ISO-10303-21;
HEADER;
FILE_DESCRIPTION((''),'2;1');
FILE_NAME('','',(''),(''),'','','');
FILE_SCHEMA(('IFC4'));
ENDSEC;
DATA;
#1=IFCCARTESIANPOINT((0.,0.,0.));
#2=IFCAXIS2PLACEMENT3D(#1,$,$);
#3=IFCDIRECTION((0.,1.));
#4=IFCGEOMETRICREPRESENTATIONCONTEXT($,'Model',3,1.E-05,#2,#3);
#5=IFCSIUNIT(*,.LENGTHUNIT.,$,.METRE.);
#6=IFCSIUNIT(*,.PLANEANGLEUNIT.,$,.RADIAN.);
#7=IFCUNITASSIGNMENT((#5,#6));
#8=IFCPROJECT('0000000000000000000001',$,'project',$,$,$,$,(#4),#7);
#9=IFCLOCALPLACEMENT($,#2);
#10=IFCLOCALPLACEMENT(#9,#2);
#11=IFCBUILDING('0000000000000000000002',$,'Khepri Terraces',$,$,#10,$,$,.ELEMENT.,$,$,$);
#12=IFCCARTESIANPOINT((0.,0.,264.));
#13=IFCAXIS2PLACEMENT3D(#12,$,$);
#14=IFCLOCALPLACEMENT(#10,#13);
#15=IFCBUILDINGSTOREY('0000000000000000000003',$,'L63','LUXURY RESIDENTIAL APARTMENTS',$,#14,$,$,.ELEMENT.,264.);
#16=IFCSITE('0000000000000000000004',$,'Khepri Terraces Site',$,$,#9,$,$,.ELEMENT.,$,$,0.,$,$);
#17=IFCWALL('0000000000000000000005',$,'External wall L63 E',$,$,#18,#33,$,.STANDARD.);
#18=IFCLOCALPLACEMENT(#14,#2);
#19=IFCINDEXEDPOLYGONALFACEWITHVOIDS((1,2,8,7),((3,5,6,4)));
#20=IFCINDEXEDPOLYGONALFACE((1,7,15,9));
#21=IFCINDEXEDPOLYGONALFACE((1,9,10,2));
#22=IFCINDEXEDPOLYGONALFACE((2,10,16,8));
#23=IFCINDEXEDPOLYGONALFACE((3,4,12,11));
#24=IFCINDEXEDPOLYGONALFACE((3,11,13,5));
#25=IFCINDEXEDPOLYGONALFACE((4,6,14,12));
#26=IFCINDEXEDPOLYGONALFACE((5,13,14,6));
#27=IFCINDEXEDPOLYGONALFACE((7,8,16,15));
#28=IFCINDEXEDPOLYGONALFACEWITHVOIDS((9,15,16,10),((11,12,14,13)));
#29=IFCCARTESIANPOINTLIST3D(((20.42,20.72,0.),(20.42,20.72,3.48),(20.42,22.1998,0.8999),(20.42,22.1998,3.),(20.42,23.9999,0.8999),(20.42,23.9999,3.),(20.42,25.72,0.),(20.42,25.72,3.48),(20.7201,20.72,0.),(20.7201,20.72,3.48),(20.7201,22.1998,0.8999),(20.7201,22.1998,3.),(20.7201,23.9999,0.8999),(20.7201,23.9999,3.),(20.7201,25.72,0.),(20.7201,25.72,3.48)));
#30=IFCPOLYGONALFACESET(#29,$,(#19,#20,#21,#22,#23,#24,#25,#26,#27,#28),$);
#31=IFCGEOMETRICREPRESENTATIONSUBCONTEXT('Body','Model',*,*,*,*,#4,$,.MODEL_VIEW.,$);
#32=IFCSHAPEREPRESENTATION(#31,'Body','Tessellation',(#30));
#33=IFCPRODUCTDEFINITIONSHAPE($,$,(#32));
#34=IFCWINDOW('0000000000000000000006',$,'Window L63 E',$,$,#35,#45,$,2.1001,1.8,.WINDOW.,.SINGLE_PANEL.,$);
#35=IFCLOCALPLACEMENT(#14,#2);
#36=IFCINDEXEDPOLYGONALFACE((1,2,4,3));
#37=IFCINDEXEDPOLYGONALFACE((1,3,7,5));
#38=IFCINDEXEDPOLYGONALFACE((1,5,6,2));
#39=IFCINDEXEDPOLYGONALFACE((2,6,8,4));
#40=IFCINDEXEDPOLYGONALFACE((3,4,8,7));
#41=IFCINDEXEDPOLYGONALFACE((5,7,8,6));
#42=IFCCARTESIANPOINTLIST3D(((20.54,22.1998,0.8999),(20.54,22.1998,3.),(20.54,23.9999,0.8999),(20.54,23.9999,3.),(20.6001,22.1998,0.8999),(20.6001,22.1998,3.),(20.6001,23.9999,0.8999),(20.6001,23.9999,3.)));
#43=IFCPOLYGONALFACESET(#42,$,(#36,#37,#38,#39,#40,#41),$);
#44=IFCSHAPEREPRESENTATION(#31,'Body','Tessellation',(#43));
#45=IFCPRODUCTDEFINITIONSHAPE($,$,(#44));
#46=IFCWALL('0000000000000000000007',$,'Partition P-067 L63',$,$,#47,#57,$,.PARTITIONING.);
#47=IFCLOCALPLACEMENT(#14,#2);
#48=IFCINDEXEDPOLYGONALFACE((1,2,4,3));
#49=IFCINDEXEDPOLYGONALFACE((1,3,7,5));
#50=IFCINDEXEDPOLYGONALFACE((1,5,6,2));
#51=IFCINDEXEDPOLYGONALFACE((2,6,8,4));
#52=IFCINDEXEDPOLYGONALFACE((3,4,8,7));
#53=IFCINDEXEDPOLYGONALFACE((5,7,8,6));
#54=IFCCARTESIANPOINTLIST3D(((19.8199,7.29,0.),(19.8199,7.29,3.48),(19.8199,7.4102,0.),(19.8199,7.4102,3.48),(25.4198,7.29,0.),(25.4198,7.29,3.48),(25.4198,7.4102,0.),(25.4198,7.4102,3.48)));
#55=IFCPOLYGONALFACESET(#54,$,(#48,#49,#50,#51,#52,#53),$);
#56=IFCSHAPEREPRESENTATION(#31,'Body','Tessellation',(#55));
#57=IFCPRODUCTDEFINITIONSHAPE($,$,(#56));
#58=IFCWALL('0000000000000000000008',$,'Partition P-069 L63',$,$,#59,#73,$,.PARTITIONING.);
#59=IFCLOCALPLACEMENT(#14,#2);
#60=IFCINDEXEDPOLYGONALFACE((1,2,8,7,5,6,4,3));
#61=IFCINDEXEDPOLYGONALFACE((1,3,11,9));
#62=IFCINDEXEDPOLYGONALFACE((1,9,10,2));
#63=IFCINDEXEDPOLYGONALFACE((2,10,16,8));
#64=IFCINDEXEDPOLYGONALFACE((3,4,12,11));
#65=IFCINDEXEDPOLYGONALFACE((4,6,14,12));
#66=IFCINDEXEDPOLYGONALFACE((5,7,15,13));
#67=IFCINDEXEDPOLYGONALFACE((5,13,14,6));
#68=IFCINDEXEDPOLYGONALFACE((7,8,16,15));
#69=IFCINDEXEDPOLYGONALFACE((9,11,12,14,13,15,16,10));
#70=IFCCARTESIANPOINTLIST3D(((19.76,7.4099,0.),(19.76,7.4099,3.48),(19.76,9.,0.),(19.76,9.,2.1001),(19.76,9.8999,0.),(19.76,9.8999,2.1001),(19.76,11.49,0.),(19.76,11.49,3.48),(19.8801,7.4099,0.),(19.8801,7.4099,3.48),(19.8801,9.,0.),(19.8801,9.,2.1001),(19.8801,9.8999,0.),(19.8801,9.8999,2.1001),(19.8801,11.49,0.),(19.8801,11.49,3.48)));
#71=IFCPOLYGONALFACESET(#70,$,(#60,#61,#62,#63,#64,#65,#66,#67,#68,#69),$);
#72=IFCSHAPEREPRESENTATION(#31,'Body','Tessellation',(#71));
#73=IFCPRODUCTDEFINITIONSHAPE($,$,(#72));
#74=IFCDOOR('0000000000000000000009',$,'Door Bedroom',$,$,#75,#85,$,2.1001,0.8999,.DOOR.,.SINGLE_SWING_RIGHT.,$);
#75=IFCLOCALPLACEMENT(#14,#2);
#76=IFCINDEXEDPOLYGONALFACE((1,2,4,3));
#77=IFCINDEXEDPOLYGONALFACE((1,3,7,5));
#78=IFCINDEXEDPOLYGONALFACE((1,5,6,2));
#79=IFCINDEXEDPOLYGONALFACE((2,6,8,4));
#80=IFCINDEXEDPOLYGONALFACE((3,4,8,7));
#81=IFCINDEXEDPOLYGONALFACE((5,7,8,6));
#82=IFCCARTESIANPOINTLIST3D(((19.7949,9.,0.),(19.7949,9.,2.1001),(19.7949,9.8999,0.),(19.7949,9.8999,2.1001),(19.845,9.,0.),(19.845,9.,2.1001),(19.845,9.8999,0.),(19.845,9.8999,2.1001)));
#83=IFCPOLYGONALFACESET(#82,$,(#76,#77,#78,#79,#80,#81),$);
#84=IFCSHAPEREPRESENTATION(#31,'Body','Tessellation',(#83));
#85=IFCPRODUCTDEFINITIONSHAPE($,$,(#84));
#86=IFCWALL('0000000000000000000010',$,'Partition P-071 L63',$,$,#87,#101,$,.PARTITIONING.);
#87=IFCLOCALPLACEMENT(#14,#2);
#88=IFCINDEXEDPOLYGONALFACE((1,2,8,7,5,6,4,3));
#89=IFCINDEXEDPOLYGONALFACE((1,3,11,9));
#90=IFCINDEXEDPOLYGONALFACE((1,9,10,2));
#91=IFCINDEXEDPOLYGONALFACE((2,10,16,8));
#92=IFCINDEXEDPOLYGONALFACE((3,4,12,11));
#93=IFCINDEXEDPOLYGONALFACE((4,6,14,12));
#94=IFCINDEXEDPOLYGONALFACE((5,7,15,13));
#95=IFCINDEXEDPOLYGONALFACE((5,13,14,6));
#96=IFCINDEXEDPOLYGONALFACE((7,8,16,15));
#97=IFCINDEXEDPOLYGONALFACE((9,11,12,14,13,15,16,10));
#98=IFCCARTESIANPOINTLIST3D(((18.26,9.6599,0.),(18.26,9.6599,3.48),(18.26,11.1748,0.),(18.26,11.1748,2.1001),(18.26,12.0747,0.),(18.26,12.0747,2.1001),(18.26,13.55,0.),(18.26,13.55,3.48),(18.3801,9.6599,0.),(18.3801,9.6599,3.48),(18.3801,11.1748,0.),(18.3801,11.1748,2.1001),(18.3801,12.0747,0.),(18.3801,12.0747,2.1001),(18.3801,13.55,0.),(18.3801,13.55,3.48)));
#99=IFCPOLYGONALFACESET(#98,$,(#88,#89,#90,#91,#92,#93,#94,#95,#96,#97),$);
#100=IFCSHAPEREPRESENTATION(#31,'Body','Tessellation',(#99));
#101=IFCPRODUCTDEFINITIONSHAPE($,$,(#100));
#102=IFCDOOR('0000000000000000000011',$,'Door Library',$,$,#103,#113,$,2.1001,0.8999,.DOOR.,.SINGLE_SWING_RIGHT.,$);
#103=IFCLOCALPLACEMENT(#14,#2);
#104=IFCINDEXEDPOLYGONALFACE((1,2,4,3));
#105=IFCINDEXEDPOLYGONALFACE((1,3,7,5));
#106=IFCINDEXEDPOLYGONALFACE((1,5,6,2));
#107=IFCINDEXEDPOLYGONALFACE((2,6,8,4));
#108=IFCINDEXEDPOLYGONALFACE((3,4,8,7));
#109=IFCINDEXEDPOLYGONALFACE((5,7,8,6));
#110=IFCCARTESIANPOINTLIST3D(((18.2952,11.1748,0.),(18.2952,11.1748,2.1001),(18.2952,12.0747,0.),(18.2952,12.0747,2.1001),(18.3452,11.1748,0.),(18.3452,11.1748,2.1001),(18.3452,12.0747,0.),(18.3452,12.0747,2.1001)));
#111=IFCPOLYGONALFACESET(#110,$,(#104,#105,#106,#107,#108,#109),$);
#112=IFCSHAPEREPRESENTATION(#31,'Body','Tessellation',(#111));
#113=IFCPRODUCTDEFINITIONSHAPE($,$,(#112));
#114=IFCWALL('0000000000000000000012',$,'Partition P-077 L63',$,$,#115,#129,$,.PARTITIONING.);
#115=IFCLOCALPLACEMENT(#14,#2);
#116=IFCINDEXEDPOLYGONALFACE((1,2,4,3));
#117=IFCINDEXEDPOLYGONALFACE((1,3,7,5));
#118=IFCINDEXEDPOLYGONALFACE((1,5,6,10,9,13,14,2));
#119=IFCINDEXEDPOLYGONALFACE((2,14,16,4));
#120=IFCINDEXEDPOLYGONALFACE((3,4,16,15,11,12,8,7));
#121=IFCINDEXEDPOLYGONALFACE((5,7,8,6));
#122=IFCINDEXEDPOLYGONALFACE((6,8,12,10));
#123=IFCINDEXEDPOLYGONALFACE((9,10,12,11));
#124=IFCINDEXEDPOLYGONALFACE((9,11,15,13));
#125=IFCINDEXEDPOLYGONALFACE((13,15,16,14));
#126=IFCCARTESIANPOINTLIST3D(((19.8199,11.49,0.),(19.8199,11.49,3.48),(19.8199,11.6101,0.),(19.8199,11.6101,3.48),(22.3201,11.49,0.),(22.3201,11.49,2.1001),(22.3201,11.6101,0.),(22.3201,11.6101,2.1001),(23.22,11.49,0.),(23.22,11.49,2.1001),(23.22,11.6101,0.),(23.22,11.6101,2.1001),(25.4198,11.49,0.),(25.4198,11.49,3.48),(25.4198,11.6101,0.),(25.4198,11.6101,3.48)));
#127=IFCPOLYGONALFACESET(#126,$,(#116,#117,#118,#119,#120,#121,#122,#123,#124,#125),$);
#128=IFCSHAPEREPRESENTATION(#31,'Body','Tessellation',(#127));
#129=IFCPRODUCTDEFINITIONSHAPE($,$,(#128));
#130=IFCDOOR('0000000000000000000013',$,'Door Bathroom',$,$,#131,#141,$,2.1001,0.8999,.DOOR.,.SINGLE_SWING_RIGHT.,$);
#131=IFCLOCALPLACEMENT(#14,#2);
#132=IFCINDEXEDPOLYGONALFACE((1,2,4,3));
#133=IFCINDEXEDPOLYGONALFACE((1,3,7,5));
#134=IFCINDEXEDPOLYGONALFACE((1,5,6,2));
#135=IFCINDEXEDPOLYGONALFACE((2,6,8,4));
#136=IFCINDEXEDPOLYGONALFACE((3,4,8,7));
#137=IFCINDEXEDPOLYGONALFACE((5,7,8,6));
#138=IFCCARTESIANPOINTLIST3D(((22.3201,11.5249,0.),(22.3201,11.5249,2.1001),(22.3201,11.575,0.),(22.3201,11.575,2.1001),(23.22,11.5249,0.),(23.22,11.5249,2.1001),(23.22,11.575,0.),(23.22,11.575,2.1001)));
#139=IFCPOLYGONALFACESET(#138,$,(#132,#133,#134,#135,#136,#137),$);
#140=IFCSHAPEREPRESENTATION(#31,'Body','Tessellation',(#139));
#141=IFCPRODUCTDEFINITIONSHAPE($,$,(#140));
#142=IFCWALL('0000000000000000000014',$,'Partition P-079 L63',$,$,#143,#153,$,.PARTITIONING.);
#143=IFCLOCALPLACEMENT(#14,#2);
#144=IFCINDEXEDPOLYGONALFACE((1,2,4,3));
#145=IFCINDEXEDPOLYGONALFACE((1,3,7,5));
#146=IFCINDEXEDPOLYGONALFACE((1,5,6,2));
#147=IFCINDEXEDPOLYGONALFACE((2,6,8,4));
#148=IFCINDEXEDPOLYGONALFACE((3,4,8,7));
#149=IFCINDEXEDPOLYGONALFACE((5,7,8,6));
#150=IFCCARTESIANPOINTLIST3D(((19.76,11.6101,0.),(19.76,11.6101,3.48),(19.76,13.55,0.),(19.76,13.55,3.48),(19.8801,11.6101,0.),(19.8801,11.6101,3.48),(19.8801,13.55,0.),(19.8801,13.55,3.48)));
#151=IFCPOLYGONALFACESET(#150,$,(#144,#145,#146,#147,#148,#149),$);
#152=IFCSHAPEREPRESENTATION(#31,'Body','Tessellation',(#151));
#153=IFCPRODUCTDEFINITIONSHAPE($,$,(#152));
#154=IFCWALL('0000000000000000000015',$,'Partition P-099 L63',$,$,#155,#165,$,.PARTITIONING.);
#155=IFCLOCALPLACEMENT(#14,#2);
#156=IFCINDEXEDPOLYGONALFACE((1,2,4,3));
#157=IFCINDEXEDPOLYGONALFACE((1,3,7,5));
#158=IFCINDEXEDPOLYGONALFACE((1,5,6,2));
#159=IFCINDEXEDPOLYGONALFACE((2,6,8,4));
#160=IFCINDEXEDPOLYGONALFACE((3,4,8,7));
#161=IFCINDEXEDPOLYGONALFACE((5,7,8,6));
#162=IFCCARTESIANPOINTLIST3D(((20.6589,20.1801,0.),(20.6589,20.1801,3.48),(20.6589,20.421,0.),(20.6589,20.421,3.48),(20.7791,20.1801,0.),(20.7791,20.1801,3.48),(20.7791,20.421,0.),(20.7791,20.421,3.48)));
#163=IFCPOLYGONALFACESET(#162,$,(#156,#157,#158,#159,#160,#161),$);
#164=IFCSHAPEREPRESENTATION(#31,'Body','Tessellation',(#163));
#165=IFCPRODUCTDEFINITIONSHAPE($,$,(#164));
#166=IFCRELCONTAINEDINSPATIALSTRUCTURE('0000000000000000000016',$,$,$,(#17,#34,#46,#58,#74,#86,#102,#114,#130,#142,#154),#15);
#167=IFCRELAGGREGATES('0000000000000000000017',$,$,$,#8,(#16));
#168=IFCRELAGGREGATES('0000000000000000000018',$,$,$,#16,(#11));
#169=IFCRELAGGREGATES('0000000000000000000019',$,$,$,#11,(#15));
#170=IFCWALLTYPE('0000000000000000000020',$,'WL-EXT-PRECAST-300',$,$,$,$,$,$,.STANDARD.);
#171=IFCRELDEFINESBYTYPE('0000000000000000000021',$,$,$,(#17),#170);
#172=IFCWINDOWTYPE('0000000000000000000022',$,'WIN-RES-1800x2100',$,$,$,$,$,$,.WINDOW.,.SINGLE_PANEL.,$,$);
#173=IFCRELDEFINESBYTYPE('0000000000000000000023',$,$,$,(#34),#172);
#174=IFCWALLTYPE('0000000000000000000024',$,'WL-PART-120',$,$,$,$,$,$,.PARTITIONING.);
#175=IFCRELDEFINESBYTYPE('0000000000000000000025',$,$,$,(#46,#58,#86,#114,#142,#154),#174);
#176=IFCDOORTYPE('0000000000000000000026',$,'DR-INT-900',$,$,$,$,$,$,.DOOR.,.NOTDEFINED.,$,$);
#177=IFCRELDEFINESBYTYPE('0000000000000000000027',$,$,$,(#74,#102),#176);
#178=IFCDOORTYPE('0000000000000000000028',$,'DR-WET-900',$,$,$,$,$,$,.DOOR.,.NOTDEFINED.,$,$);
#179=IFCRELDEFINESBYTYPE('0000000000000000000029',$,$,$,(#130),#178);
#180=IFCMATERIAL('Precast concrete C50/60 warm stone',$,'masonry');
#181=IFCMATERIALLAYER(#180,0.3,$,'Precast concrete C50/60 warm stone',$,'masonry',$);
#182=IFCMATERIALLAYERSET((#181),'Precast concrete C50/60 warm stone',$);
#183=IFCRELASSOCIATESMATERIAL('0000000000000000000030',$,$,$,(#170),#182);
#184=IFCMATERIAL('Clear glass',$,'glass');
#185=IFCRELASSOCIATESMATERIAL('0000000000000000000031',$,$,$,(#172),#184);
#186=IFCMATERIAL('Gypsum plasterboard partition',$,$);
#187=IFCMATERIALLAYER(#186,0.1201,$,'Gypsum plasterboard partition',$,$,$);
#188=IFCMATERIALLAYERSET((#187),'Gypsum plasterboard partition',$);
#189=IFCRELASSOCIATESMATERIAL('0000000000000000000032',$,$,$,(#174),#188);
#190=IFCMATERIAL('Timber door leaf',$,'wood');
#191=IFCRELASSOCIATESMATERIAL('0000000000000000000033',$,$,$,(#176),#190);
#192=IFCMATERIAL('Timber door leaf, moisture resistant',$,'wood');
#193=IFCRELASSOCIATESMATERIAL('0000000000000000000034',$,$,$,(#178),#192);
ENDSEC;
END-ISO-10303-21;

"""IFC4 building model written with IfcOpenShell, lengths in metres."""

from ifc_helpers import new_model, si_unit, direction, frame, frame_2d, origin, place, context, subcontext, project, spatial, rectangle, extrude, material, layer, layer_set, type_object, element, fill, save


model = new_model("IFC4")

# Units and contexts
model_context = context("Model", 3, precision=1e-05, world=origin(), true_north=direction((0.0, 1.0)))
body_context = subcontext(model_context, "Body", "Model", "MODEL_VIEW")
ifc_project = project(units=[si_unit("LENGTHUNIT", "METRE"), si_unit("PLANEANGLEUNIT", "RADIAN")], contexts=[model_context])

# Site, building, storey
site_placement = place(None, origin())
site = spatial("IfcSite", under=ifc_project, at=site_placement, Name="Khepri Terraces Site", CompositionType="ELEMENT", RefElevation=0.0)
building_placement = place(site_placement, origin())
building = spatial("IfcBuilding", under=site, at=building_placement, Name="Khepri Terraces", CompositionType="ELEMENT")
storey_placement = place(building_placement, frame((0.0, 0.0, 264.0)))
storey = spatial("IfcBuildingStorey", under=building, at=storey_placement, Name="L63", Description="LUXURY RESIDENTIAL APARTMENTS", CompositionType="ELEMENT", Elevation=264.0)

# Shared definitions
ifc_material_1 = material(Name="Precast concrete C50/60 warm stone", Category="masonry")
ifc_layer_1 = layer(ifc_material_1, 0.3, Name="Precast concrete C50/60 warm stone", Category="masonry")
ifc_layer_set_1 = layer_set([ifc_layer_1], Name="Precast concrete C50/60 warm stone")
wall_type_1 = type_object("IfcWallType", Name="WL-EXT-PRECAST-300", PredefinedType="STANDARD", material=ifc_layer_set_1)
ifc_material_2 = material(Name="Clear glass", Category="glass")
window_type = type_object("IfcWindowType", Name="WIN-RES-1800x2100", PartitioningType="SINGLE_PANEL", PredefinedType="WINDOW", material=ifc_material_2)

# Wall, opening, window
wall_1_placement = place(storey_placement, frame((20.5701, 20.72, 0.0), z_axis=(0.0, 0.0, 1.0), x_axis=(0.0, 1.0, 0.0)))
wall_1 = element("IfcWall", 1, at=wall_1_placement, inside=storey, type_object=wall_type_1, Name="External wall L63 E", PredefinedType="STANDARD", context=body_context, shape_type="SweptSolid", body=[
    extrude(rectangle(XDim=5.0, YDim=0.3, at=frame_2d((2.5, 0.0))), origin(), (0.0, 0.0, 1.0), 3.48),
])
opening_1_placement = place(wall_1_placement, frame((1.48, 0.0, 0.8999)))
opening_1 = element("IfcOpeningElement", 2, at=opening_1_placement, cuts=wall_1, PredefinedType="OPENING", context=body_context, shape_type="SweptSolid", body=[
    extrude(rectangle(XDim=1.8, YDim=2.1001, at=frame_2d((0.8999, 1.05))), frame((0.0, 0.1602, 0.0), z_axis=(0.0, -1.0, 0.0), x_axis=(1.0, 0.0, 0.0)), (0.0, 0.0, 1.0), 0.3201),
])
window_1_placement = place(opening_1_placement, origin())
window_1 = element("IfcWindow", 3, at=window_1_placement, inside=storey, type_object=window_type, Name="Window L63 E", OverallHeight=2.1001, OverallWidth=1.8, PartitioningType="SINGLE_PANEL", PredefinedType="WINDOW", context=body_context, shape_type="SweptSolid", body=[
    extrude(rectangle(XDim=1.8, YDim=2.1001, at=frame_2d((0.8999, 1.05))), frame((0.0, 0.03, 0.0), z_axis=(0.0, -1.0, 0.0), x_axis=(1.0, 0.0, 0.0)), (0.0, 0.0, 1.0), 0.0601),
])
fill(opening_1, window_1)

# Wall
ifc_material_3 = material(Name="Gypsum plasterboard partition")
ifc_layer_2 = layer(ifc_material_3, 0.1201, Name="Gypsum plasterboard partition")
ifc_layer_set_2 = layer_set([ifc_layer_2], Name="Gypsum plasterboard partition")
wall_type_2 = type_object("IfcWallType", Name="WL-PART-120", PredefinedType="PARTITIONING", material=ifc_layer_set_2)
wall_2_placement = place(storey_placement, frame((19.8201, 7.3501, 0.0), z_axis=(0.0, 0.0, 1.0), x_axis=(1.0, 0.0, 0.0)))
element("IfcWall", 4, at=wall_2_placement, inside=storey, type_object=wall_type_2, Name="Partition P-067 L63", PredefinedType="PARTITIONING", context=body_context, shape_type="SweptSolid", body=[
    extrude(rectangle(XDim=5.5999, YDim=0.1201, at=frame_2d((2.7998, 0.0))), origin(), (0.0, 0.0, 1.0), 3.48),
])

# Walls, openings, doors
wall_3_placement = place(storey_placement, frame((19.8201, 7.4099, 0.0), z_axis=(0.0, 0.0, 1.0), x_axis=(0.0, 1.0, 0.0)))
wall_3 = element("IfcWall", 5, at=wall_3_placement, inside=storey, type_object=wall_type_2, Name="Partition P-069 L63", PredefinedType="PARTITIONING", context=body_context, shape_type="SweptSolid", body=[
    extrude(rectangle(XDim=4.0801, YDim=0.1201, at=frame_2d((2.04, 0.0))), origin(), (0.0, 0.0, 1.0), 3.48),
])
opening_2_placement = place(wall_3_placement, frame((1.5901, 0.0, 0.0)))
opening_2 = element("IfcOpeningElement", 6, at=opening_2_placement, cuts=wall_3, PredefinedType="OPENING", context=body_context, shape_type="SweptSolid", body=[
    extrude(rectangle(XDim=0.8999, YDim=2.1001, at=frame_2d((0.45, 1.05))), frame((0.0, 0.0701, 0.0), z_axis=(0.0, -1.0, 0.0), x_axis=(1.0, 0.0, 0.0)), (0.0, 0.0, 1.0), 0.1401),
])
ifc_material_4 = material(Name="Timber door leaf", Category="wood")
door_type_1 = type_object("IfcDoorType", Name="DR-INT-900", OperationType="NOTDEFINED", PredefinedType="DOOR", material=ifc_material_4)
door_1_placement = place(opening_2_placement, frame((0.8999, 0.0, 0.0), z_axis=(0.0, 0.0, 1.0), x_axis=(-1.0, 0.0, 0.0)))
door_1 = element("IfcDoor", 7, at=door_1_placement, inside=storey, type_object=door_type_1, Name="Door Bedroom", OperationType="SINGLE_SWING_RIGHT", OverallHeight=2.1001, OverallWidth=0.8999, PredefinedType="DOOR", context=body_context, shape_type="SweptSolid", body=[
    extrude(rectangle(XDim=0.8999, YDim=2.1001, at=frame_2d((0.45, 1.05))), frame((0.0, 0.0249, 0.0), z_axis=(0.0, -1.0, 0.0), x_axis=(1.0, 0.0, 0.0)), (0.0, 0.0, 1.0), 0.05),
])
fill(opening_2, door_1)
wall_4_placement = place(storey_placement, frame((18.3201, 9.6599, 0.0), z_axis=(0.0, 0.0, 1.0), x_axis=(0.0, 1.0, 0.0)))
wall_4 = element("IfcWall", 8, at=wall_4_placement, inside=storey, type_object=wall_type_2, Name="Partition P-071 L63", PredefinedType="PARTITIONING", context=body_context, shape_type="SweptSolid", body=[
    extrude(rectangle(XDim=3.8901, YDim=0.1201, at=frame_2d((1.9451, 0.0))), origin(), (0.0, 0.0, 1.0), 3.48),
])
opening_3_placement = place(wall_4_placement, frame((1.5149, 0.0, 0.0)))
opening_3 = element("IfcOpeningElement", 9, at=opening_3_placement, cuts=wall_4, PredefinedType="OPENING", context=body_context, shape_type="SweptSolid", body=[
    extrude(rectangle(XDim=0.8999, YDim=2.1001, at=frame_2d((0.45, 1.05))), frame((0.0, 0.0701, 0.0), z_axis=(0.0, -1.0, 0.0), x_axis=(1.0, 0.0, 0.0)), (0.0, 0.0, 1.0), 0.1401),
])
door_2_placement = place(opening_3_placement, origin())
door_2 = element("IfcDoor", 10, at=door_2_placement, inside=storey, type_object=door_type_1, Name="Door Library", OperationType="SINGLE_SWING_RIGHT", OverallHeight=2.1001, OverallWidth=0.8999, PredefinedType="DOOR", context=body_context, shape_type="SweptSolid", body=[
    extrude(rectangle(XDim=0.8999, YDim=2.1001, at=frame_2d((0.45, 1.05))), frame((0.0, 0.0249, 0.0), z_axis=(0.0, -1.0, 0.0), x_axis=(1.0, 0.0, 0.0)), (0.0, 0.0, 1.0), 0.05),
])
fill(opening_3, door_2)
wall_5_placement = place(storey_placement, frame((19.8201, 11.55, 0.0), z_axis=(0.0, 0.0, 1.0), x_axis=(1.0, 0.0, 0.0)))
wall_5 = element("IfcWall", 11, at=wall_5_placement, inside=storey, type_object=wall_type_2, Name="Partition P-077 L63", PredefinedType="PARTITIONING", context=body_context, shape_type="SweptSolid", body=[
    extrude(rectangle(XDim=5.5999, YDim=0.1201, at=frame_2d((2.7998, 0.0))), origin(), (0.0, 0.0, 1.0), 3.48),
])
opening_4_placement = place(wall_5_placement, frame((2.5, 0.0, 0.0)))
opening_4 = element("IfcOpeningElement", 12, at=opening_4_placement, cuts=wall_5, PredefinedType="OPENING", context=body_context, shape_type="SweptSolid", body=[
    extrude(rectangle(XDim=0.8999, YDim=2.1001, at=frame_2d((0.45, 1.05))), frame((0.0, 0.0701, 0.0), z_axis=(0.0, -1.0, 0.0), x_axis=(1.0, 0.0, 0.0)), (0.0, 0.0, 1.0), 0.1401),
])
ifc_material_5 = material(Name="Timber door leaf, moisture resistant", Category="wood")
door_type_2 = type_object("IfcDoorType", Name="DR-WET-900", OperationType="NOTDEFINED", PredefinedType="DOOR", material=ifc_material_5)
door_3_placement = place(opening_4_placement, origin())
door_3 = element("IfcDoor", 13, at=door_3_placement, inside=storey, type_object=door_type_2, Name="Door Bathroom", OperationType="SINGLE_SWING_RIGHT", OverallHeight=2.1001, OverallWidth=0.8999, PredefinedType="DOOR", context=body_context, shape_type="SweptSolid", body=[
    extrude(rectangle(XDim=0.8999, YDim=2.1001, at=frame_2d((0.45, 1.05))), frame((0.0, 0.0249, 0.0), z_axis=(0.0, -1.0, 0.0), x_axis=(1.0, 0.0, 0.0)), (0.0, 0.0, 1.0), 0.05),
])
fill(opening_4, door_3)

# Walls
wall_6_placement = place(storey_placement, frame((19.8201, 11.6101, 0.0), z_axis=(0.0, 0.0, 1.0), x_axis=(0.0, 1.0, 0.0)))
element("IfcWall", 14, at=wall_6_placement, inside=storey, type_object=wall_type_2, Name="Partition P-079 L63", PredefinedType="PARTITIONING", context=body_context, shape_type="SweptSolid", body=[
    extrude(rectangle(XDim=1.9399, YDim=0.1201, at=frame_2d((0.97, 0.0))), origin(), (0.0, 0.0, 1.0), 3.48),
])
wall_7_placement = place(storey_placement, frame((20.719, 20.1799, 0.0), z_axis=(0.0, 0.0, 1.0), x_axis=(0.0, 1.0, 0.0)))
element("IfcWall", 15, at=wall_7_placement, inside=storey, type_object=wall_type_2, Name="Partition P-099 L63", PredefinedType="PARTITIONING", context=body_context, shape_type="SweptSolid", body=[
    extrude(rectangle(XDim=0.241, YDim=0.1201, at=frame_2d((0.1206, 0.0))), origin(), (0.0, 0.0, 1.0), 3.48),
])

save(model, "model.ifc")
